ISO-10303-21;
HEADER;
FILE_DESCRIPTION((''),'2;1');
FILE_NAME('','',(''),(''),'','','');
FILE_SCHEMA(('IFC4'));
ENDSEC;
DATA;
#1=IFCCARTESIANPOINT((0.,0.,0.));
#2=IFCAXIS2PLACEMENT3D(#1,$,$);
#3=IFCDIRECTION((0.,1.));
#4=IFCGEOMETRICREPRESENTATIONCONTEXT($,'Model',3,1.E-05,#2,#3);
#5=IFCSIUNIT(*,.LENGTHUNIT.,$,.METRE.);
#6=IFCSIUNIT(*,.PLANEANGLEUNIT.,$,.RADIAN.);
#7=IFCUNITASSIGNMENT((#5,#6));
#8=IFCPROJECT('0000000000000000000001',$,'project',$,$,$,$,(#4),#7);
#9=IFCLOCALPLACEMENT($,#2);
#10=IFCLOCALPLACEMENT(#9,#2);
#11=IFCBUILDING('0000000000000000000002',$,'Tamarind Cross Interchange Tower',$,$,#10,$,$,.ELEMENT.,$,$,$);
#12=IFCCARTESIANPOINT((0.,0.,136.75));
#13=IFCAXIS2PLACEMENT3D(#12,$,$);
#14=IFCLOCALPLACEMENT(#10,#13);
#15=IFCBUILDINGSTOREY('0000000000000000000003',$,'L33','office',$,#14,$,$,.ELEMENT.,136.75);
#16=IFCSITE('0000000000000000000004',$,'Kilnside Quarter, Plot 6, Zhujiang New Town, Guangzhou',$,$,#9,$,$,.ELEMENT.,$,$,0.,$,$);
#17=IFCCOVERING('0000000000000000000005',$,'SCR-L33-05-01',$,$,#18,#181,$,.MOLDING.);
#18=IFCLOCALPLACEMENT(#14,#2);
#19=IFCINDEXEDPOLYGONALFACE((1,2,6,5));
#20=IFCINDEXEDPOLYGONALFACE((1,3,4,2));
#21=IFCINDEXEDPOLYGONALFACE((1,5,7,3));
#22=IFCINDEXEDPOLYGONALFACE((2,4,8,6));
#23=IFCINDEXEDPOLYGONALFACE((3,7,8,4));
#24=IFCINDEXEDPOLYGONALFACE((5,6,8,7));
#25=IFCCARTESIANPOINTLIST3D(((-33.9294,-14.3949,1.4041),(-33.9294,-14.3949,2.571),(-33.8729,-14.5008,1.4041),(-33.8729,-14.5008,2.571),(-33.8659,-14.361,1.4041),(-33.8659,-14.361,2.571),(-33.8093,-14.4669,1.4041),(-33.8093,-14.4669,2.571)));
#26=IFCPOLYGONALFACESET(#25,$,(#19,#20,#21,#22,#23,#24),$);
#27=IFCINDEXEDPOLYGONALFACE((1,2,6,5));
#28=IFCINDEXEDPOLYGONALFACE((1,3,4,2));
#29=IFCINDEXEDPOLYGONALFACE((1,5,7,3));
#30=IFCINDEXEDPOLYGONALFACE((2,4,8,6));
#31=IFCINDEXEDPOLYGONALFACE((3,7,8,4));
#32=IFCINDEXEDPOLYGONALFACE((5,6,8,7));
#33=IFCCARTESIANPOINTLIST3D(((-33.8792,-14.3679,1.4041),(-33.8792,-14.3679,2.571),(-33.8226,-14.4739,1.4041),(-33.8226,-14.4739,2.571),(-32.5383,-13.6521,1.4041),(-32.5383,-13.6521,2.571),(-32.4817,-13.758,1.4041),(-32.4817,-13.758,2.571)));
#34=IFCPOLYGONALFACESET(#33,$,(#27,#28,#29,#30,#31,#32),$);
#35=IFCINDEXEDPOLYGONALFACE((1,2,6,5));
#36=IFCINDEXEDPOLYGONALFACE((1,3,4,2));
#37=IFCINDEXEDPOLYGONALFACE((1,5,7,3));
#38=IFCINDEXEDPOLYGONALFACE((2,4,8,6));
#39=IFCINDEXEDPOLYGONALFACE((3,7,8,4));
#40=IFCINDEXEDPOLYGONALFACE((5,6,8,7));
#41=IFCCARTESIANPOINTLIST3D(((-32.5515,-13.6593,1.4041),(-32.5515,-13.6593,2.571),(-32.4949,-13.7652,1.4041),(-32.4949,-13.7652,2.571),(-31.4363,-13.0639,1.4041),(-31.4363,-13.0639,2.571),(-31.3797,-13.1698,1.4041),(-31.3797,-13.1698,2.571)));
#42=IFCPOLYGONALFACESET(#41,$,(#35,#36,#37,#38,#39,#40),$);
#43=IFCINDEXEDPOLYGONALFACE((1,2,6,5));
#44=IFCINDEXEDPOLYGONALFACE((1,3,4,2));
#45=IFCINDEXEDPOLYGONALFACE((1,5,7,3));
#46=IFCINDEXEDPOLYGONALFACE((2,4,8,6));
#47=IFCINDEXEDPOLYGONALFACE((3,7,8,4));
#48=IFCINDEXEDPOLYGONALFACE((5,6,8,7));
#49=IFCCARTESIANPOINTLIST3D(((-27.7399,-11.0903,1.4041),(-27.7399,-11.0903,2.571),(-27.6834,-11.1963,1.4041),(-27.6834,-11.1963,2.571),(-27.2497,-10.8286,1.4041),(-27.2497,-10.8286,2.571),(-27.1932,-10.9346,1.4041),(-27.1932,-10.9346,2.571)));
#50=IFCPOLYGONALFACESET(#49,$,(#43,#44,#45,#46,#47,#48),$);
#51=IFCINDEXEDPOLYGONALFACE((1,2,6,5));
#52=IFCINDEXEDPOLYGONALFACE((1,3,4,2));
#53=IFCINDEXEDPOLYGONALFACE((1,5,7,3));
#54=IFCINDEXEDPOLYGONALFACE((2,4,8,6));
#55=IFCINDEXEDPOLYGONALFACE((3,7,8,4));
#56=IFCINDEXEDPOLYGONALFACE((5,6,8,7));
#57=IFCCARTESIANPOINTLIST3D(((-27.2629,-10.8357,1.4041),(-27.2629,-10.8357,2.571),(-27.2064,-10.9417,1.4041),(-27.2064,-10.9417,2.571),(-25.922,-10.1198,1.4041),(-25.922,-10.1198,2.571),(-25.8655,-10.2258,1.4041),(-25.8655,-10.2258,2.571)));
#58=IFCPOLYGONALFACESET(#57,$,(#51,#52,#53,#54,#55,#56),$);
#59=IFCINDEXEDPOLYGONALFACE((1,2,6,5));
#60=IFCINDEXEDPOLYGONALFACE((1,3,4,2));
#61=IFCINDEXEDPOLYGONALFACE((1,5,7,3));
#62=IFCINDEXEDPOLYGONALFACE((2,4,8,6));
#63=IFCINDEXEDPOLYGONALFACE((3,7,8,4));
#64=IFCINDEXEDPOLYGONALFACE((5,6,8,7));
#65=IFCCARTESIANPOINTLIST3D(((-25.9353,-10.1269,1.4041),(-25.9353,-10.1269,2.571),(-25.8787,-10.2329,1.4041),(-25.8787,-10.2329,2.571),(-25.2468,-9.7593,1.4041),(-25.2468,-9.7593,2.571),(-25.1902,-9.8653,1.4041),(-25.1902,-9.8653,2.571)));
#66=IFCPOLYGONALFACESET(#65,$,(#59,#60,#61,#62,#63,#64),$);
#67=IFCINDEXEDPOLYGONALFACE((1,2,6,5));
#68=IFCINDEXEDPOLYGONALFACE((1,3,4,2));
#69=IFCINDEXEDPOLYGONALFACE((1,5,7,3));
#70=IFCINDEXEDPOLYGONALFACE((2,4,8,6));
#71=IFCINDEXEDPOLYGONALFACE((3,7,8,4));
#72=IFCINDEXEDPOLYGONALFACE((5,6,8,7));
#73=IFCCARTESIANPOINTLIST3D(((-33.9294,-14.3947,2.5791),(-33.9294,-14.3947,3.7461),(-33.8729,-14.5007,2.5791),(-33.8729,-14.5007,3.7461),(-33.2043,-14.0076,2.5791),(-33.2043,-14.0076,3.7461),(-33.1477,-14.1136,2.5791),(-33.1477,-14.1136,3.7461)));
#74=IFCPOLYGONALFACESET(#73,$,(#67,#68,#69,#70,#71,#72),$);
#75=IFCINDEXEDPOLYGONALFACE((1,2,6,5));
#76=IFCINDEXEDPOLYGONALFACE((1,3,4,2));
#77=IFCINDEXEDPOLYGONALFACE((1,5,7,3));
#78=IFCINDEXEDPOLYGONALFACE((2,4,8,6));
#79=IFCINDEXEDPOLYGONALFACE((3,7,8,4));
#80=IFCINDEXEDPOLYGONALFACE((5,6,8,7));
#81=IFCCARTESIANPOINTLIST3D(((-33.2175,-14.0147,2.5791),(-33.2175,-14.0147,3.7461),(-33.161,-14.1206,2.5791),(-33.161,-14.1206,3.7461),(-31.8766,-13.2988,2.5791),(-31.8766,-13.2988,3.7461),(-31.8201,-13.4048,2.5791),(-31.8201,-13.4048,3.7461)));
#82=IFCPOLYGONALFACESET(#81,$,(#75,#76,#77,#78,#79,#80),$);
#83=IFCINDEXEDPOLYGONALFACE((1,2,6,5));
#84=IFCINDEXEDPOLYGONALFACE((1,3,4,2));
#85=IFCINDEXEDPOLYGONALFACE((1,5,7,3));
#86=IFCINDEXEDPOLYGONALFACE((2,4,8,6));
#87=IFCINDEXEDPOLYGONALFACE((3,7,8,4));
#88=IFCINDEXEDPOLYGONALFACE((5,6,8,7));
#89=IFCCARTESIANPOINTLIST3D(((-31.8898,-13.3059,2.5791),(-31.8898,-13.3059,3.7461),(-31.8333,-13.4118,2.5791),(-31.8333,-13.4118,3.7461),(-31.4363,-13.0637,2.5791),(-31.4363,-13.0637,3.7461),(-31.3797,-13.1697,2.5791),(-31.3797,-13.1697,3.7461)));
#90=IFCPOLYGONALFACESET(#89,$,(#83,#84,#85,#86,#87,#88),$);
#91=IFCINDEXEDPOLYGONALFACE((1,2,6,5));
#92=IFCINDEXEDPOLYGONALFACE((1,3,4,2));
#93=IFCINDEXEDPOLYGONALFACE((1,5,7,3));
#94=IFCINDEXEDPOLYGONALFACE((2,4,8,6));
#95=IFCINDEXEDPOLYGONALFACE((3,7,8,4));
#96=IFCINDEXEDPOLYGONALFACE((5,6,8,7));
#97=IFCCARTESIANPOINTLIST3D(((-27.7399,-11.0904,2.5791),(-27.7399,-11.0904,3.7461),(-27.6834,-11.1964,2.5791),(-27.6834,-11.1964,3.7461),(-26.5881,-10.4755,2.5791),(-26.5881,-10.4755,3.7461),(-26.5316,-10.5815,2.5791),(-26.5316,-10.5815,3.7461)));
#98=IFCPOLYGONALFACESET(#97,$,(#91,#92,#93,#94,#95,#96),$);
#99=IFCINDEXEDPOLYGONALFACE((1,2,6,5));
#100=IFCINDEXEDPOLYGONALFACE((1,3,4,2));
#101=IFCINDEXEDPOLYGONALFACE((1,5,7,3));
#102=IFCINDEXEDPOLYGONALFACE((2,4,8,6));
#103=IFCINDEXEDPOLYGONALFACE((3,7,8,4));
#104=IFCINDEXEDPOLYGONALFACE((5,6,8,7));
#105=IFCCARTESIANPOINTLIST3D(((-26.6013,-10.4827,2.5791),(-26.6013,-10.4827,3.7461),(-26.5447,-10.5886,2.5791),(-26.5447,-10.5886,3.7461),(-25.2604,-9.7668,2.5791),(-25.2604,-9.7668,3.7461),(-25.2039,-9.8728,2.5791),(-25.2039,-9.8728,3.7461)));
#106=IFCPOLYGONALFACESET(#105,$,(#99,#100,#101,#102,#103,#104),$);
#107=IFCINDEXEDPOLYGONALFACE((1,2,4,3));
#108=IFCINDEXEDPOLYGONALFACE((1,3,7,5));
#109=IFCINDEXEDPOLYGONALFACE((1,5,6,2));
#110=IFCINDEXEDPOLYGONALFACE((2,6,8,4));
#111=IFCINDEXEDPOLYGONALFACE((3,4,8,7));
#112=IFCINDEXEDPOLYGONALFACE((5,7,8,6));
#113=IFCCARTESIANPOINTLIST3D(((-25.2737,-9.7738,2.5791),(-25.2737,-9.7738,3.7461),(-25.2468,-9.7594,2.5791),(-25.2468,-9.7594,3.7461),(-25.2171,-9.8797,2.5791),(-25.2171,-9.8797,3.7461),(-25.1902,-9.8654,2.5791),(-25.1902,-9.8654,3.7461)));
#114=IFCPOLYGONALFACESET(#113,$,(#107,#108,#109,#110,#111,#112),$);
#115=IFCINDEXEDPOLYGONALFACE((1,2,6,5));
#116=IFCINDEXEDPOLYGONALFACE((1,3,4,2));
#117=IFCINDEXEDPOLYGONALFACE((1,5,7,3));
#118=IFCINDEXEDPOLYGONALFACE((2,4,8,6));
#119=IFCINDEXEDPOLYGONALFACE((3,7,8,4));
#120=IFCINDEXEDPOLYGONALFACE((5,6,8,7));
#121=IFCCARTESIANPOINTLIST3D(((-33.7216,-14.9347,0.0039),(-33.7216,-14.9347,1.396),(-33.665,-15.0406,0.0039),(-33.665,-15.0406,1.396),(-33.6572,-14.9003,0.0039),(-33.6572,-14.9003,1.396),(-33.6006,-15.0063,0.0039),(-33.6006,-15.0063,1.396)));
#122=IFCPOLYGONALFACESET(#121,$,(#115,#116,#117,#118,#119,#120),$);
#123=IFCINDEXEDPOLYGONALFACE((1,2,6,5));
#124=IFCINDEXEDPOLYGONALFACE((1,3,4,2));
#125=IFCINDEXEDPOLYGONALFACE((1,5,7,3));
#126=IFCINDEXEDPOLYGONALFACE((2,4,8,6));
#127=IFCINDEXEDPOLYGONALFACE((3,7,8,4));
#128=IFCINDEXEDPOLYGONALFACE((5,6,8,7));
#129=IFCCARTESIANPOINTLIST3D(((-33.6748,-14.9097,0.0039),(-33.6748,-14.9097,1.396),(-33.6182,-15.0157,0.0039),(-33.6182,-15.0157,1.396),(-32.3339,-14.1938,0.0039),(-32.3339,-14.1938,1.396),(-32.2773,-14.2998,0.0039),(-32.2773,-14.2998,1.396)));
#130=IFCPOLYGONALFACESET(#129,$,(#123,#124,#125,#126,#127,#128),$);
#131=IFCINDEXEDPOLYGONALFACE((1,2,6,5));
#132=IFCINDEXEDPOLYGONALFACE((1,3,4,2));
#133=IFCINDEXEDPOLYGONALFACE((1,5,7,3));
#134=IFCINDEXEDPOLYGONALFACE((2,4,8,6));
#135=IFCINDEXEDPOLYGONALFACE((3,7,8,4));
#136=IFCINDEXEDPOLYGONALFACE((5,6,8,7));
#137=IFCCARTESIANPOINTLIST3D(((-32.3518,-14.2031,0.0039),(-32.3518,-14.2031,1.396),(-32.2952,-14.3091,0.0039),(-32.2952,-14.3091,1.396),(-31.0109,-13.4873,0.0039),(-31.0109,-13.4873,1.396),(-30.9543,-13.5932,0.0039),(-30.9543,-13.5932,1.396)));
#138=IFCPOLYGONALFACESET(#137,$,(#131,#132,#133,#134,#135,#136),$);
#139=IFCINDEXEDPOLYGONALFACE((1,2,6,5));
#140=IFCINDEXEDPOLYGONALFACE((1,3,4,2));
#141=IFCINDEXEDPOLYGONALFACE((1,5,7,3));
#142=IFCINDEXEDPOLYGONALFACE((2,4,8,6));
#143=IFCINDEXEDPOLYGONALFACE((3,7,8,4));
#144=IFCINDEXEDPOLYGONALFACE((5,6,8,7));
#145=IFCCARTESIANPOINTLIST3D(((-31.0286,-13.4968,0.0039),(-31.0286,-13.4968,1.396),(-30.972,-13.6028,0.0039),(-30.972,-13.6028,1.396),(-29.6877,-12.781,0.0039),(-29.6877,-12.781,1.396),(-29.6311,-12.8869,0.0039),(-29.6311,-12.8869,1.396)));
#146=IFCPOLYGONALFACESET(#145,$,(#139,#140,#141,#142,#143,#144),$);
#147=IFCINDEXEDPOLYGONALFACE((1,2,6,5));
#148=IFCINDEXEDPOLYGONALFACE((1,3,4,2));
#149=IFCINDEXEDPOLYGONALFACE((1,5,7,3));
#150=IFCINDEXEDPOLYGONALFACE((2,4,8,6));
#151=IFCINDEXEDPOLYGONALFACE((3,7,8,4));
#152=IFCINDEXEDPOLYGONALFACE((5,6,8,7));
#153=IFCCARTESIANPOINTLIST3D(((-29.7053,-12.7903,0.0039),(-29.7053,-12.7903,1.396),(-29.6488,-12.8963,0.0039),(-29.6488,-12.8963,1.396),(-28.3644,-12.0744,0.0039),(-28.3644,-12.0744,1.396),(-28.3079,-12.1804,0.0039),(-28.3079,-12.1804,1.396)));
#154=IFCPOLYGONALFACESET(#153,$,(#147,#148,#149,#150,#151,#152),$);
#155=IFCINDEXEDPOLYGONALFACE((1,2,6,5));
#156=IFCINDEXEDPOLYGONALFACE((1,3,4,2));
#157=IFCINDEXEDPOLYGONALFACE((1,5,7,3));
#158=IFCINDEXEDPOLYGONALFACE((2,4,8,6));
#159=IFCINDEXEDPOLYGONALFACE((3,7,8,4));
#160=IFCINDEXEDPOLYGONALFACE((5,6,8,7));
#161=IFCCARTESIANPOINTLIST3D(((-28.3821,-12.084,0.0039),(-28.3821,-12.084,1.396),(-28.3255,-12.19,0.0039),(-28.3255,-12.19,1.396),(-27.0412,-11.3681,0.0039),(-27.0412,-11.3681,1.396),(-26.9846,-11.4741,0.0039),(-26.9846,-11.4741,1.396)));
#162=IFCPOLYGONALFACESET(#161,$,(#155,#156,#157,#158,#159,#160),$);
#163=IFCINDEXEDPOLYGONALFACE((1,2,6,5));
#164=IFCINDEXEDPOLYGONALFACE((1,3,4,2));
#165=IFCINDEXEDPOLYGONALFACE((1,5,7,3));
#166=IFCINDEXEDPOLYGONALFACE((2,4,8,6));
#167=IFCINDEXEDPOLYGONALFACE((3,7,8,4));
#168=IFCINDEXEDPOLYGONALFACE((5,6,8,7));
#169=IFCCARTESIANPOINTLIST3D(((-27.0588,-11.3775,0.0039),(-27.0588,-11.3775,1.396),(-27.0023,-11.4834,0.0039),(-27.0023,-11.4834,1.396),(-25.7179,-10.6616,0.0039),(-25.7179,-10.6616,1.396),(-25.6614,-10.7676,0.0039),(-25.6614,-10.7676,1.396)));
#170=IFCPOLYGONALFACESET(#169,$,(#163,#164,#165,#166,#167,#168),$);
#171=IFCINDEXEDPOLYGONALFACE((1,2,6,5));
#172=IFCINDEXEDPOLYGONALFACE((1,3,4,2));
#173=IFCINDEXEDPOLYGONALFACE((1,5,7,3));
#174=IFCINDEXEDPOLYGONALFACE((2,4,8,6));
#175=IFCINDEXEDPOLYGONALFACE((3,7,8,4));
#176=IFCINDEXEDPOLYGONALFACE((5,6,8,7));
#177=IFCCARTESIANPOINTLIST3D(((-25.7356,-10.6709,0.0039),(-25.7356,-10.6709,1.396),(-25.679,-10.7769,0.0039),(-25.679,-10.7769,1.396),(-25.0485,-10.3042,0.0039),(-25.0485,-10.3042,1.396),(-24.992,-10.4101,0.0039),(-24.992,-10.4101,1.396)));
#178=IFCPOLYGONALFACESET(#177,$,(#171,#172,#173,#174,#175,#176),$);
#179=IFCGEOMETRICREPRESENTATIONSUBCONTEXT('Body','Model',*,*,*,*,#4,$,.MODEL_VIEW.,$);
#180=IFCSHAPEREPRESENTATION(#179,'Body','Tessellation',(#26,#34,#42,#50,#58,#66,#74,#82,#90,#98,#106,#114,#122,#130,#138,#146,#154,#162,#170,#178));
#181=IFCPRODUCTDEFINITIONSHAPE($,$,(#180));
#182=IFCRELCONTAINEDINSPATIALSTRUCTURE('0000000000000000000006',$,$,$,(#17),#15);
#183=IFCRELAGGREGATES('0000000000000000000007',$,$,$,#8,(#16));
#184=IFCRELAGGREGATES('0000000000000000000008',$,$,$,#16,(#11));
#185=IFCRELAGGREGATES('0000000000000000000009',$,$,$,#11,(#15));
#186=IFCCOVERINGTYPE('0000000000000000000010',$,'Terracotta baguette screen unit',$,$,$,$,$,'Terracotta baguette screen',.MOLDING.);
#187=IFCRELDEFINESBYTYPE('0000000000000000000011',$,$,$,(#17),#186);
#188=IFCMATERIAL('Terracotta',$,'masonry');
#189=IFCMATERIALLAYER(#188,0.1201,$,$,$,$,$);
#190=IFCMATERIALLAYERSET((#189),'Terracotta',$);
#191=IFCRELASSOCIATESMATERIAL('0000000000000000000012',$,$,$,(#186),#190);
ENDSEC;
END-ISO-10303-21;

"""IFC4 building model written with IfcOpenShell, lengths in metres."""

from ifc_helpers import new_model, si_unit, direction, frame, origin, origin_2d, place, context, subcontext, project, spatial, rectangle, extrude, material, layer, layer_set, type_object, element, save


model = new_model("IFC4")

# Units and contexts
model_context = context("Model", 3, precision=1e-05, world=origin(), true_north=direction((0.0, 1.0)))
body_context = subcontext(model_context, "Body", "Model", "MODEL_VIEW")
ifc_project = project(units=[si_unit("LENGTHUNIT", "METRE"), si_unit("PLANEANGLEUNIT", "RADIAN")], contexts=[model_context])

# Site, building, storey
site_placement = place(None, origin())
site = spatial("IfcSite", under=ifc_project, at=site_placement, Name="Kilnside Quarter, Plot 6, Zhujiang New Town, Guangzhou", CompositionType="ELEMENT", RefElevation=0.0)
building_placement = place(site_placement, origin())
building = spatial("IfcBuilding", under=site, at=building_placement, Name="Tamarind Cross Interchange Tower", CompositionType="ELEMENT")
storey_placement = place(building_placement, frame((0.0, 0.0, 136.75)))
storey = spatial("IfcBuildingStorey", under=building, at=storey_placement, Name="L33", Description="office", CompositionType="ELEMENT", Elevation=136.75)

# Covering
ifc_material_1 = material(Name="Terracotta", Category="masonry")
ifc_layer_1 = layer(ifc_material_1, 0.1201)
ifc_layer_set_1 = layer_set([ifc_layer_1], Name="Terracotta")
covering_type = type_object("IfcCoveringType", Name="Terracotta baguette screen unit", ElementType="Terracotta baguette screen", PredefinedType="MOLDING", material=ifc_layer_set_1)
covering_1_placement = place(storey_placement, origin())
element("IfcCovering", 1, at=covering_1_placement, inside=storey, type_object=covering_type, Name="SCR-L33-05-01", PredefinedType="MOLDING", context=body_context, shape_type="SweptSolid", body=[
    extrude(rectangle(XDim=0.072, YDim=0.1201, at=origin_2d()), frame((-33.8694, -14.4309, 1.4041), z_axis=(0.0, 0.0, 1.0), x_axis=(0.882155, 0.470959, 0.0)), (0.0, 0.0, 1.0), 1.167),
    extrude(rectangle(XDim=1.52, YDim=0.1201, at=origin_2d()), frame((-33.1804, -14.063, 1.4041), z_axis=(0.0, 0.0, 1.0), x_axis=(0.882155, 0.470959, 0.0)), (0.0, 0.0, 1.0), 1.167),
    extrude(rectangle(XDim=1.2642, YDim=0.1201, at=origin_2d()), frame((-31.9656, -13.4146, 1.4041), z_axis=(0.0, 0.0, 1.0), x_axis=(0.882155, 0.470959, 0.0)), (0.0, 0.0, 1.0), 1.167),
    extrude(rectangle(XDim=0.5557, YDim=0.1201, at=origin_2d()), frame((-27.4666, -11.0125, 1.4041), z_axis=(0.0, 0.0, 1.0), x_axis=(0.882155, 0.470959, 0.0)), (0.0, 0.0, 1.0), 1.167),
    extrude(rectangle(XDim=1.52, YDim=0.1201, at=origin_2d()), frame((-26.5642, -10.5308, 1.4041), z_axis=(0.0, 0.0, 1.0), x_axis=(0.882155, 0.470959, 0.0)), (0.0, 0.0, 1.0), 1.167),
    extrude(rectangle(XDim=0.7805, YDim=0.1201, at=origin_2d()), frame((-25.5627, -9.9961, 1.4041), z_axis=(0.0, 0.0, 1.0), x_axis=(0.882155, 0.470959, 0.0)), (0.0, 0.0, 1.0), 1.167),
    extrude(rectangle(XDim=0.822, YDim=0.1201, at=origin_2d()), frame((-33.5386, -14.2542, 2.5791), z_axis=(0.0, 0.0, 1.0), x_axis=(0.882155, 0.470959, 0.0)), (0.0, 0.0, 1.0), 1.167),
    extrude(rectangle(XDim=1.52, YDim=0.1201, at=origin_2d()), frame((-32.5188, -13.7097, 2.5791), z_axis=(0.0, 0.0, 1.0), x_axis=(0.882155, 0.470959, 0.0)), (0.0, 0.0, 1.0), 1.167),
    extrude(rectangle(XDim=0.5142, YDim=0.1201, at=origin_2d()), frame((-31.6348, -13.2378, 2.5791), z_axis=(0.0, 0.0, 1.0), x_axis=(0.882155, 0.470959, 0.0)), (0.0, 0.0, 1.0), 1.167),
    extrude(rectangle(XDim=1.3057, YDim=0.1201, at=origin_2d()), frame((-27.1357, -10.8359, 2.5791), z_axis=(0.0, 0.0, 1.0), x_axis=(0.882155, 0.470959, 0.0)), (0.0, 0.0, 1.0), 1.167),
    extrude(rectangle(XDim=1.52, YDim=0.1201, at=origin_2d()), frame((-25.9026, -10.1777, 2.5791), z_axis=(0.0, 0.0, 1.0), x_axis=(0.882155, 0.470959, 0.0)), (0.0, 0.0, 1.0), 1.167),
    extrude(rectangle(XDim=0.0305, YDim=0.1201, at=origin_2d()), frame((-25.2319, -9.8196, 2.5791), z_axis=(0.0, 0.0, 1.0), x_axis=(0.882155, 0.470959, 0.0)), (0.0, 0.0, 1.0), 1.167),
    extrude(rectangle(XDim=0.073, YDim=0.1201, at=origin_2d()), frame((-33.6611, -14.9705, 0.0039), z_axis=(0.0, 0.0, 1.0), x_axis=(0.882155, 0.470959, 0.0)), (0.0, 0.0, 1.0), 1.3921),
    extrude(rectangle(XDim=1.52, YDim=0.1201, at=origin_2d()), frame((-32.9761, -14.6047, 0.0039), z_axis=(0.0, 0.0, 1.0), x_axis=(0.882155, 0.470959, 0.0)), (0.0, 0.0, 1.0), 1.3921),
    extrude(rectangle(XDim=1.52, YDim=0.1201, at=origin_2d()), frame((-31.6531, -13.8982, 0.0039), z_axis=(0.0, 0.0, 1.0), x_axis=(0.882155, 0.470959, 0.0)), (0.0, 0.0, 1.0), 1.3921),
    extrude(rectangle(XDim=1.52, YDim=0.1201, at=origin_2d()), frame((-30.3298, -13.1919, 0.0039), z_axis=(0.0, 0.0, 1.0), x_axis=(0.882155, 0.470959, 0.0)), (0.0, 0.0, 1.0), 1.3921),
    extrude(rectangle(XDim=1.52, YDim=0.1201, at=origin_2d()), frame((-29.0066, -12.4854, 0.0039), z_axis=(0.0, 0.0, 1.0), x_axis=(0.882155, 0.470959, 0.0)), (0.0, 0.0, 1.0), 1.3921),
    extrude(rectangle(XDim=1.52, YDim=0.1201, at=origin_2d()), frame((-27.6833, -11.7791, 0.0039), z_axis=(0.0, 0.0, 1.0), x_axis=(0.882155, 0.470959, 0.0)), (0.0, 0.0, 1.0), 1.3921),
    extrude(rectangle(XDim=1.52, YDim=0.1201, at=origin_2d()), frame((-26.3601, -11.0725, 0.0039), z_axis=(0.0, 0.0, 1.0), x_axis=(0.882155, 0.470959, 0.0)), (0.0, 0.0, 1.0), 1.3921),
    extrude(rectangle(XDim=0.7788, YDim=0.1201, at=origin_2d()), frame((-25.3638, -10.5405, 0.0039), z_axis=(0.0, 0.0, 1.0), x_axis=(0.882155, 0.470959, 0.0)), (0.0, 0.0, 1.0), 1.3921),
])

save(model, "model.ifc")
